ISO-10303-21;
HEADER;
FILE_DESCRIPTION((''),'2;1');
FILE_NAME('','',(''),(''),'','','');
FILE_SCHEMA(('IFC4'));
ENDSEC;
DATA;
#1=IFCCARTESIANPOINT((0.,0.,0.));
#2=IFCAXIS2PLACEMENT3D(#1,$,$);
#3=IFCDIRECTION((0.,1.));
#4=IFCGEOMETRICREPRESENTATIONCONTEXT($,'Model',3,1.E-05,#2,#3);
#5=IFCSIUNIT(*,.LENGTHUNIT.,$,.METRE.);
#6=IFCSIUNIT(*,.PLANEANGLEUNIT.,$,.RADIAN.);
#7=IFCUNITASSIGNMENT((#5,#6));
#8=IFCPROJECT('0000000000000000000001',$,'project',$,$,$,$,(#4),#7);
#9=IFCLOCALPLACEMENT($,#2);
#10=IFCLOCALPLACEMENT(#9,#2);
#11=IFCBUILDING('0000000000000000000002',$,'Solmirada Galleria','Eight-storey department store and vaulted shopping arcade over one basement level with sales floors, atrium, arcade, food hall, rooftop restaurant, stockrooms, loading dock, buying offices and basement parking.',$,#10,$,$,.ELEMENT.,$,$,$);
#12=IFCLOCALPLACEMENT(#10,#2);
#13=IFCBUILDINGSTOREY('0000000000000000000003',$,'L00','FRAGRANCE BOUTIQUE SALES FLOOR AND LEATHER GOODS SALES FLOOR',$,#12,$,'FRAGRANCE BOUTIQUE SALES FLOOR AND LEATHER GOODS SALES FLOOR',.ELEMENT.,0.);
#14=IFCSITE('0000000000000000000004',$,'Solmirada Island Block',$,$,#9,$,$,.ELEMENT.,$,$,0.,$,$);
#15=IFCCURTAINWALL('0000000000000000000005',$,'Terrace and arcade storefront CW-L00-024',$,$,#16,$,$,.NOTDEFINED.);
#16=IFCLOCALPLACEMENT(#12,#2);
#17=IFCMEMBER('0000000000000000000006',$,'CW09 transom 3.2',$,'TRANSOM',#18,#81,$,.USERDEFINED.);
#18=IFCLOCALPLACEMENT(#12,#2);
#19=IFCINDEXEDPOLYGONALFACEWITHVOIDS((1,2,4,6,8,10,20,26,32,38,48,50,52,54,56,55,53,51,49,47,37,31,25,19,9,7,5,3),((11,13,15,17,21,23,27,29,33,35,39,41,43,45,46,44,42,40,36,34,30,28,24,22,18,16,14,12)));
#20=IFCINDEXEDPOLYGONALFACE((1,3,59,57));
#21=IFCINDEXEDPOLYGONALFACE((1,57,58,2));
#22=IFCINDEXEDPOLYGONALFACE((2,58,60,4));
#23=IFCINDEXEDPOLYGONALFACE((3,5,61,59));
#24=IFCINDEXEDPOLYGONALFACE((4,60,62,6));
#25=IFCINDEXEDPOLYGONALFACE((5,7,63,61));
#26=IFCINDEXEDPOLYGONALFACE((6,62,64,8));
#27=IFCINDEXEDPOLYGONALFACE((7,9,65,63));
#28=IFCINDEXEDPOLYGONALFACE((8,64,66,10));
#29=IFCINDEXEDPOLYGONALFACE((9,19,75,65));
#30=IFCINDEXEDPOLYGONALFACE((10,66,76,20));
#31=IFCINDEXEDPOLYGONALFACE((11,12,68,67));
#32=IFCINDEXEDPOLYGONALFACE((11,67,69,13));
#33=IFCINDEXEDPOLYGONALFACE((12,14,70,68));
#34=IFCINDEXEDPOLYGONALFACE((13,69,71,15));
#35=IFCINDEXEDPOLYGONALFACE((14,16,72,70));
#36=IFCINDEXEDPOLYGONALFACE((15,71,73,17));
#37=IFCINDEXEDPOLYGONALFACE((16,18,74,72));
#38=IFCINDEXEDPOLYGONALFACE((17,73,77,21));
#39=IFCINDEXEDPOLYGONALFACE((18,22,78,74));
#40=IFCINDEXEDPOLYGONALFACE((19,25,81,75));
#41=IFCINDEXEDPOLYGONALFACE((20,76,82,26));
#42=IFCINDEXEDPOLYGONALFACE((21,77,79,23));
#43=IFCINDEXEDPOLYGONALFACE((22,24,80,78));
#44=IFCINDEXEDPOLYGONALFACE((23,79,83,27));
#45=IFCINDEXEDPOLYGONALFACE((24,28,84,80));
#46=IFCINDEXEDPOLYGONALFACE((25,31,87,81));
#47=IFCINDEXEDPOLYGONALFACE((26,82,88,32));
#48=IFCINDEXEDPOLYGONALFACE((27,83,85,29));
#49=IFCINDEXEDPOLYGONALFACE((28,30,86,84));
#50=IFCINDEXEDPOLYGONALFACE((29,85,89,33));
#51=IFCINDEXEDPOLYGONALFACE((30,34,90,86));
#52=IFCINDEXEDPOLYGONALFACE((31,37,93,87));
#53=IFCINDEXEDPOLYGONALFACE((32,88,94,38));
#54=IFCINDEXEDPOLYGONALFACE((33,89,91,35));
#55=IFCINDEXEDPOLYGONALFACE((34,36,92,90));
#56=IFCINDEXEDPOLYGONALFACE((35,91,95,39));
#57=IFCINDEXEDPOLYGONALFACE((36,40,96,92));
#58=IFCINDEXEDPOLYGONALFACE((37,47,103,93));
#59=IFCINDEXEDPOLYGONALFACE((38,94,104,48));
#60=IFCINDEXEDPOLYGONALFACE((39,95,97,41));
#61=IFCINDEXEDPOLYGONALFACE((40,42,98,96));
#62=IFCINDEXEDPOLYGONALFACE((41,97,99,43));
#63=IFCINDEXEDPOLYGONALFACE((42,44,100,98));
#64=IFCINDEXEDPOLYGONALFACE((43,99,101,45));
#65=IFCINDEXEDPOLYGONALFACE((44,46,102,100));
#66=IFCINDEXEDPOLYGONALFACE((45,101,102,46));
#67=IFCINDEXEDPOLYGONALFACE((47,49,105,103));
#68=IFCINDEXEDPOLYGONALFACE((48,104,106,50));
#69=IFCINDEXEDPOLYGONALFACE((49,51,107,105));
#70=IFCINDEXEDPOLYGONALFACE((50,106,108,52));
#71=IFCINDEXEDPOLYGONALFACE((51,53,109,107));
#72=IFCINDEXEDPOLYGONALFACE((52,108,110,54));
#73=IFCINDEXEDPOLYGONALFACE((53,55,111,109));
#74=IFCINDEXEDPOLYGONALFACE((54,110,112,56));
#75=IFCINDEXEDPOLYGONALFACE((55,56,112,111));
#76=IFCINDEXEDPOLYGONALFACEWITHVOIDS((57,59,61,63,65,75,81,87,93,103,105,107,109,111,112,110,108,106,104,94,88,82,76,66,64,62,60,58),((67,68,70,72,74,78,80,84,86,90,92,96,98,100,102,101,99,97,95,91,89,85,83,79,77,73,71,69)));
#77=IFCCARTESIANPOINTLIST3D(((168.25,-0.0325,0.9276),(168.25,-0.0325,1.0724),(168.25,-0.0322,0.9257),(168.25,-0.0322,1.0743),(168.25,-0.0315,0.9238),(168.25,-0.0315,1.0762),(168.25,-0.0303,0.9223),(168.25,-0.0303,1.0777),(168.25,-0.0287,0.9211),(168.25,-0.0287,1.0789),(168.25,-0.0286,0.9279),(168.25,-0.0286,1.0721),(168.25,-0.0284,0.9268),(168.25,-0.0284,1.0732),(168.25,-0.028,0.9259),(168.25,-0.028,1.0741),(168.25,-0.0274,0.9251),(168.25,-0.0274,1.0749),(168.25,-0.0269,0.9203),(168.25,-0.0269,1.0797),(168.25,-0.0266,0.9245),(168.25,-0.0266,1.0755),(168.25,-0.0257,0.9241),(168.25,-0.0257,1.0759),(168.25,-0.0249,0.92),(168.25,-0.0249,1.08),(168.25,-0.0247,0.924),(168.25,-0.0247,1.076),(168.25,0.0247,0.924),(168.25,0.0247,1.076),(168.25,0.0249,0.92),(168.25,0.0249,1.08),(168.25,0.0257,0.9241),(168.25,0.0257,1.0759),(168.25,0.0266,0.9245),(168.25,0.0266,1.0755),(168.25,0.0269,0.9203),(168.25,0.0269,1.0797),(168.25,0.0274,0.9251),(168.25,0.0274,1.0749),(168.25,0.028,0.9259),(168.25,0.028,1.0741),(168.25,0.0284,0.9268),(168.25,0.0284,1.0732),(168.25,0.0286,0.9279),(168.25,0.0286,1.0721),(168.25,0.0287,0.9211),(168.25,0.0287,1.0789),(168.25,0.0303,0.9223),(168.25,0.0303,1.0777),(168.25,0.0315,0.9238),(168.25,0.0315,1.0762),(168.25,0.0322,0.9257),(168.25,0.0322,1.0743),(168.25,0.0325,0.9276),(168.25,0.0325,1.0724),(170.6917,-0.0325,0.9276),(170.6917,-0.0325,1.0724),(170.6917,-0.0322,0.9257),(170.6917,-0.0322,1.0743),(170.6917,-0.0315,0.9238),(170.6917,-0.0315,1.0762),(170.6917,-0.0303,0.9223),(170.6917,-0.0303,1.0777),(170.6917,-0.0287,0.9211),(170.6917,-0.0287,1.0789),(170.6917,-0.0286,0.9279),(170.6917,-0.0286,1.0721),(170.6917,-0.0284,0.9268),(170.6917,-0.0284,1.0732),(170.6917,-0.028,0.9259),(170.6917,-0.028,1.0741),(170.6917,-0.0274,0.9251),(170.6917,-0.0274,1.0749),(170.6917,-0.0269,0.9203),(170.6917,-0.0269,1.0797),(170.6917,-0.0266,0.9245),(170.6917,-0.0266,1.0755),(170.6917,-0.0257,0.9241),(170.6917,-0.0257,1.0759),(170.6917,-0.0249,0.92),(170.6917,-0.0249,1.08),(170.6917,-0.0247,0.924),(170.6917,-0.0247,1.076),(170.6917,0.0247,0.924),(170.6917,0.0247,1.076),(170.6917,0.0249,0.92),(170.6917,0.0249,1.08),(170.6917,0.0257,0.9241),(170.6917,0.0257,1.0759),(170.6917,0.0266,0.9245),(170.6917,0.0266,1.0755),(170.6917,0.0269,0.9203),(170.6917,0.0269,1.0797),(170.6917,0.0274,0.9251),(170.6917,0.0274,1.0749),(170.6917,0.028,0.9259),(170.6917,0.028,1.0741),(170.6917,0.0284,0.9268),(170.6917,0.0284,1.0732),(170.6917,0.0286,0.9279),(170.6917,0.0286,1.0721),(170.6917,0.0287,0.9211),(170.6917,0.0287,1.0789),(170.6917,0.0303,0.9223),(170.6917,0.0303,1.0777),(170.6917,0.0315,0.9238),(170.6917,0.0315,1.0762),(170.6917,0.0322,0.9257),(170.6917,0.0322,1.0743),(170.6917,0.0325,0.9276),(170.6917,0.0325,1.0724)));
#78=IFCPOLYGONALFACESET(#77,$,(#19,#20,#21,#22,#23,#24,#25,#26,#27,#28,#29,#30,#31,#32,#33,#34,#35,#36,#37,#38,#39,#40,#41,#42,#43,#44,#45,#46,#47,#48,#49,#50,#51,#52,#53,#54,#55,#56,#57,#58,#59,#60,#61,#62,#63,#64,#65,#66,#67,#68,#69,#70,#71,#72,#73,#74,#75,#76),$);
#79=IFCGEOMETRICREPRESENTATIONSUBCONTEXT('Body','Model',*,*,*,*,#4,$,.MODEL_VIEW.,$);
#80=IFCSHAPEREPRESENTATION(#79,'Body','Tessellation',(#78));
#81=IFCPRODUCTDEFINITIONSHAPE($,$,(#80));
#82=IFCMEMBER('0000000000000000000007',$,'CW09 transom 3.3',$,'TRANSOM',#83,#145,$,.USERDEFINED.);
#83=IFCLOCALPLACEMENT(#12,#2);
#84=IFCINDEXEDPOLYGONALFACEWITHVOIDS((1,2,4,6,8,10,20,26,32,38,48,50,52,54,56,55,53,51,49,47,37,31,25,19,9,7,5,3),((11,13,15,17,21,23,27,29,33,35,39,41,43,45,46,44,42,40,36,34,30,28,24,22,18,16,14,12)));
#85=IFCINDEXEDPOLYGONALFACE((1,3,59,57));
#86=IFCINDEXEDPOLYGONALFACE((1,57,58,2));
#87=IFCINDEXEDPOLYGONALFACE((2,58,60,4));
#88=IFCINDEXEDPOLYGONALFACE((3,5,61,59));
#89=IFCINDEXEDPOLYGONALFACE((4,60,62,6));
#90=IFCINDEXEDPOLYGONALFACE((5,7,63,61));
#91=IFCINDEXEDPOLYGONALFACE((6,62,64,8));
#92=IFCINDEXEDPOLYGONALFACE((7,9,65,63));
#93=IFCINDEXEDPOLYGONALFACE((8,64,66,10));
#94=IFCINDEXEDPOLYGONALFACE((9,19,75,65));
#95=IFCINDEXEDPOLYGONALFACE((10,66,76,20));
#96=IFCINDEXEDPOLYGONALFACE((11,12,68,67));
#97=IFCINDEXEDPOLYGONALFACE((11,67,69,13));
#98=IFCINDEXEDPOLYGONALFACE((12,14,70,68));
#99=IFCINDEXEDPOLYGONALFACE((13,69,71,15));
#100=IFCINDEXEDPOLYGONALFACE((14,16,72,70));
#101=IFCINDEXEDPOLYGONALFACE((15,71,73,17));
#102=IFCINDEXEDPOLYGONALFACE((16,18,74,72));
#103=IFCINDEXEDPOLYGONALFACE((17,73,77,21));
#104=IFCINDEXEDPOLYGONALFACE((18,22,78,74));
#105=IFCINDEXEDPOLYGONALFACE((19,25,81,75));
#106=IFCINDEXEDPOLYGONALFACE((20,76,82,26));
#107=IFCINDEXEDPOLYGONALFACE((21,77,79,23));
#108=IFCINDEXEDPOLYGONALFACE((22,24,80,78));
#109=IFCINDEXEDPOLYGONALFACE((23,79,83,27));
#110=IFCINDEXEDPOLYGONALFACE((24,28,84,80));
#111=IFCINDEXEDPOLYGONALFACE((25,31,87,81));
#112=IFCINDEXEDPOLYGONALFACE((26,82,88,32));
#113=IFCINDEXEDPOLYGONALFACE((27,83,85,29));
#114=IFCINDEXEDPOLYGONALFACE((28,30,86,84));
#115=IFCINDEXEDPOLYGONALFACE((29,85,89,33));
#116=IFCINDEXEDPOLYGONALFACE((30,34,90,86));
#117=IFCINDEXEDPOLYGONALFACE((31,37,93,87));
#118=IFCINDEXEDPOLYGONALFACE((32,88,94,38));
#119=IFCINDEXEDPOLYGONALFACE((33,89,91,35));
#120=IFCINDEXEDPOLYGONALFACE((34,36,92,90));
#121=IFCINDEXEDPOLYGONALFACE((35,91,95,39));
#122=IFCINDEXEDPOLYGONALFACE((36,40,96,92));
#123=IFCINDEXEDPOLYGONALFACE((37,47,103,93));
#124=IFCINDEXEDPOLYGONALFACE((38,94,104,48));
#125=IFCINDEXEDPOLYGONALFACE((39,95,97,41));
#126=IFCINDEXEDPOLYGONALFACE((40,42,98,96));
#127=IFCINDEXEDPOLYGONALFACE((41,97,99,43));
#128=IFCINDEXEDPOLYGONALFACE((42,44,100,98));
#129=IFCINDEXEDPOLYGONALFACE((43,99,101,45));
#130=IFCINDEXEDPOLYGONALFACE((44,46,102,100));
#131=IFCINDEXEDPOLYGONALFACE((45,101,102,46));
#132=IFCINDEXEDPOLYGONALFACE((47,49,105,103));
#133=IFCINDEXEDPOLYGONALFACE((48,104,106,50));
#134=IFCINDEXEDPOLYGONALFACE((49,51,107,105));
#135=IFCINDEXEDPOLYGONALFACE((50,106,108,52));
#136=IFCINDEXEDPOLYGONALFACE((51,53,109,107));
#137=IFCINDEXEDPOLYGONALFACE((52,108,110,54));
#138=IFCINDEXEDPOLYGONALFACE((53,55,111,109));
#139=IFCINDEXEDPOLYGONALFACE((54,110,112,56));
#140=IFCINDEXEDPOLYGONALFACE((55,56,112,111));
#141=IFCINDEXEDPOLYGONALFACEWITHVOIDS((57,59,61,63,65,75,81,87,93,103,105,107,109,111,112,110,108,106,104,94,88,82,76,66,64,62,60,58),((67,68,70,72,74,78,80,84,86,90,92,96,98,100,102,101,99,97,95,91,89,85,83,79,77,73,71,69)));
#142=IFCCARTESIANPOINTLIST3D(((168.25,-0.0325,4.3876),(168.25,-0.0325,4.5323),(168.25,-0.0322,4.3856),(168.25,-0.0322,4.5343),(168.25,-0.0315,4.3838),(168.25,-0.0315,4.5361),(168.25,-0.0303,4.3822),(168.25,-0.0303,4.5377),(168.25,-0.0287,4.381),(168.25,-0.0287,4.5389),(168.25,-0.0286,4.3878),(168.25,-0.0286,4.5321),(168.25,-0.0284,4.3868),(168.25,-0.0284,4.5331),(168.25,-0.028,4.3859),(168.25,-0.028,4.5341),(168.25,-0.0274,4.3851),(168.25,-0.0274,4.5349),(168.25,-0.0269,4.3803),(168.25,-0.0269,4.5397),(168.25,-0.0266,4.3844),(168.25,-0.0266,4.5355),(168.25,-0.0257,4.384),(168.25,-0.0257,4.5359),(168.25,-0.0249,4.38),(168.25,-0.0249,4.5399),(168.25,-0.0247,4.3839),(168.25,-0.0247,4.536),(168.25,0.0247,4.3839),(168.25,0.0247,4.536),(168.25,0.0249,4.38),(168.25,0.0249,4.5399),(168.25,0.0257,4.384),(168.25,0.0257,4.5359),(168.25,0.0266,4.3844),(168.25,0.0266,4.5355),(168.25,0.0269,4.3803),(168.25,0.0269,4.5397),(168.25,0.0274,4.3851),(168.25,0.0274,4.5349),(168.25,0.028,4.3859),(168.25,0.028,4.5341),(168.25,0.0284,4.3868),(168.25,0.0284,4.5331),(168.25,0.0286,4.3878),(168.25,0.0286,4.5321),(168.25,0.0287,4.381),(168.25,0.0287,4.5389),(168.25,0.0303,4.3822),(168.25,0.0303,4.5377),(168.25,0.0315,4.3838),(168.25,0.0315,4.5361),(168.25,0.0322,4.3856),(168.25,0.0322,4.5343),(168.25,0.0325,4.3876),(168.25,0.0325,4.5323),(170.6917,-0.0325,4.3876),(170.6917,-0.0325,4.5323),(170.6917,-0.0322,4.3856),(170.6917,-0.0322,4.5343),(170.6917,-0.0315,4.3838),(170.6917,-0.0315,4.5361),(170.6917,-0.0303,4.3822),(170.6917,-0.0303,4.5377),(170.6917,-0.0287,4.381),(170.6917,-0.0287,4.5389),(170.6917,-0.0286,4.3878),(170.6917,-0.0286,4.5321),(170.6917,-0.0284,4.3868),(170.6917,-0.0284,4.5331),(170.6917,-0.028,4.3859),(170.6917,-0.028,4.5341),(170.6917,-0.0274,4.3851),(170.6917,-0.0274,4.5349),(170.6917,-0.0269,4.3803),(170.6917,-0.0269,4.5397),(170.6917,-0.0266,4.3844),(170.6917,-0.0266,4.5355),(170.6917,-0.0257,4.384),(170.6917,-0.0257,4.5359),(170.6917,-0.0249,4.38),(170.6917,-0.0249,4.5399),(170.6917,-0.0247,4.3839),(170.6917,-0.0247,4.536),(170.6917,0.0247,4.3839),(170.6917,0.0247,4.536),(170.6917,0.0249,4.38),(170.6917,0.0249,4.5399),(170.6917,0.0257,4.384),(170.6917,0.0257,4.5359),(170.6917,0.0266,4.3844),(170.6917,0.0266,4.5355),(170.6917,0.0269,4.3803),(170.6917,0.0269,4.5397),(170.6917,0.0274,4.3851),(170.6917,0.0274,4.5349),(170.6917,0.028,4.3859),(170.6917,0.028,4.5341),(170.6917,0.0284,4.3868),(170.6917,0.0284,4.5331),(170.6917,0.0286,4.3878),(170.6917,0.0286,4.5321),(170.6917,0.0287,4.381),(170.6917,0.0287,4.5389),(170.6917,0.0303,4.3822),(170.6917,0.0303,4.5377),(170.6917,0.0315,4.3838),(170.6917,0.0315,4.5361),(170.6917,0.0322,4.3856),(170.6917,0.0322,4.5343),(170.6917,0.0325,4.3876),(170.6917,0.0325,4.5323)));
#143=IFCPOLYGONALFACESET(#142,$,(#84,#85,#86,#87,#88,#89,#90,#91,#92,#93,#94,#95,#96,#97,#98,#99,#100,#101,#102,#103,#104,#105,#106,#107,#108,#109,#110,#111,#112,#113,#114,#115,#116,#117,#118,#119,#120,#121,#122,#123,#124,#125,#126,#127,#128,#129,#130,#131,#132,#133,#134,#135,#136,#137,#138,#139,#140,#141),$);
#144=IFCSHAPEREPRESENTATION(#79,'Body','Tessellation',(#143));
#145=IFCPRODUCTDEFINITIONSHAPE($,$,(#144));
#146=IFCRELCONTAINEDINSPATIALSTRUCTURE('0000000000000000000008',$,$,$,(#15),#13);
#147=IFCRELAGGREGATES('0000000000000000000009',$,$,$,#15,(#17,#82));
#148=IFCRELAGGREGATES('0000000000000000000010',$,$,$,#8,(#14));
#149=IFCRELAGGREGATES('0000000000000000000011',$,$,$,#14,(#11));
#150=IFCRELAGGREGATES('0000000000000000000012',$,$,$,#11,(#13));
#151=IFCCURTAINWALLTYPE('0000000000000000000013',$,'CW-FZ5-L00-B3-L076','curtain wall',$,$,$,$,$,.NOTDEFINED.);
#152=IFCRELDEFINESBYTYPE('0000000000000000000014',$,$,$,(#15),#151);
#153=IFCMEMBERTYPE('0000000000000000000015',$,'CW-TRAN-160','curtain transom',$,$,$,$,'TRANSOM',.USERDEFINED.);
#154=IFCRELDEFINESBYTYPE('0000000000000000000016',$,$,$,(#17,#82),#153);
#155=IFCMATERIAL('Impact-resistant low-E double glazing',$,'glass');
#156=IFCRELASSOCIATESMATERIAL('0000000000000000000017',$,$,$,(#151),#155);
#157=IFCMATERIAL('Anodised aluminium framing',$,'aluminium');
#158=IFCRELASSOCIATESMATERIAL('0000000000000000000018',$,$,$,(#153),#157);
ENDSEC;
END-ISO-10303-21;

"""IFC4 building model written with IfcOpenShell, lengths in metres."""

from ifc_helpers import new_model, si_unit, direction, frame, origin, origin_2d, place, context, subcontext, project, spatial, hollow_rectangle, extrude, material, material_profile, profile_set, type_object, element, aggregate, save


model = new_model("IFC4")

# Units and contexts
model_context = context("Model", 3, precision=1e-05, world=origin(), true_north=direction((0.0, 1.0)))
body_context = subcontext(model_context, "Body", "Model", "MODEL_VIEW")
ifc_project = project(units=[si_unit("LENGTHUNIT", "METRE"), si_unit("PLANEANGLEUNIT", "RADIAN")], contexts=[model_context])

# Site, building, storey
site_placement = place(None, origin())
site = spatial("IfcSite", under=ifc_project, at=site_placement, Name="Solmirada Island Block", CompositionType="ELEMENT", RefElevation=0.0)
building_placement = place(site_placement, origin())
building = spatial("IfcBuilding", under=site, at=building_placement, Name="Solmirada Galleria", Description="Eight-storey department store and vaulted shopping arcade over one basement level with sales floors, atrium, arcade, food hall, rooftop restaurant, stockrooms, loading dock, buying offices and basement parking.", CompositionType="ELEMENT")
storey_placement = place(building_placement, origin())
storey = spatial("IfcBuildingStorey", under=building, at=storey_placement, Name="L00", Description="FRAGRANCE BOUTIQUE SALES FLOOR AND LEATHER GOODS SALES FLOOR", LongName="FRAGRANCE BOUTIQUE SALES FLOOR AND LEATHER GOODS SALES FLOOR", CompositionType="ELEMENT", Elevation=0.0)

# Curtain wall
ifc_material_1 = material(Name="Impact-resistant low-E double glazing", Category="glass")
curtain_wall_type = type_object("IfcCurtainWallType", Name="CW-FZ5-L00-B3-L076", Description="curtain wall", PredefinedType="NOTDEFINED", material=ifc_material_1)
curtain_wall_1_placement = place(storey_placement, origin())
curtain_wall_1 = element("IfcCurtainWall", 1, at=curtain_wall_1_placement, inside=storey, type_object=curtain_wall_type, Name="Terrace and arcade storefront CW-L00-024", PredefinedType="NOTDEFINED")
ifc_material_2 = material(Name="Anodised aluminium framing", Category="aluminium")

# Members
ifc_material_profile_1 = material_profile(ifc_material_2, hollow_rectangle(XDim=0.0649, YDim=0.1599, WallThickness=0.0039, InnerFilletRadius=0.0039, OuterFilletRadius=0.0076, at=origin_2d()), Name="ALU-TRAN-160X65")
ifc_profile_set_1 = profile_set([ifc_material_profile_1], Name="Anodised aluminium framing")
member_type_1 = type_object("IfcMemberType", Name="CW-TRAN-160", Description="curtain transom", ElementType="TRANSOM", PredefinedType="USERDEFINED", material=ifc_profile_set_1)
member_1_placement = place(storey_placement, frame((170.6917, 0.0, 1.0), z_axis=(-1.0, 0.0, 0.0), x_axis=(0.0, -1.0, 0.0)))
member_1 = element("IfcMember", 2, at=member_1_placement, type_object=member_type_1, Name="CW09 transom 3.2", ObjectType="TRANSOM", PredefinedType="USERDEFINED", context=body_context, shape_type="SweptSolid", body=[
    extrude(hollow_rectangle(XDim=0.0649, YDim=0.1599, WallThickness=0.0039, InnerFilletRadius=0.0039, OuterFilletRadius=0.0076, at=origin_2d()), origin(), (0.0, 0.0, 1.0), 2.4417),
])
member_2_placement = place(storey_placement, frame((170.6917, 0.0, 4.46), z_axis=(-1.0, 0.0, 0.0), x_axis=(0.0, -1.0, 0.0)))
member_2 = element("IfcMember", 3, at=member_2_placement, type_object=member_type_1, Name="CW09 transom 3.3", ObjectType="TRANSOM", PredefinedType="USERDEFINED", context=body_context, shape_type="SweptSolid", body=[
    extrude(hollow_rectangle(XDim=0.0649, YDim=0.1599, WallThickness=0.0039, InnerFilletRadius=0.0039, OuterFilletRadius=0.0076, at=origin_2d()), origin(), (0.0, 0.0, 1.0), 2.4417),
])

aggregate(curtain_wall_1, [member_1, member_2])

save(model, "model.ifc")
